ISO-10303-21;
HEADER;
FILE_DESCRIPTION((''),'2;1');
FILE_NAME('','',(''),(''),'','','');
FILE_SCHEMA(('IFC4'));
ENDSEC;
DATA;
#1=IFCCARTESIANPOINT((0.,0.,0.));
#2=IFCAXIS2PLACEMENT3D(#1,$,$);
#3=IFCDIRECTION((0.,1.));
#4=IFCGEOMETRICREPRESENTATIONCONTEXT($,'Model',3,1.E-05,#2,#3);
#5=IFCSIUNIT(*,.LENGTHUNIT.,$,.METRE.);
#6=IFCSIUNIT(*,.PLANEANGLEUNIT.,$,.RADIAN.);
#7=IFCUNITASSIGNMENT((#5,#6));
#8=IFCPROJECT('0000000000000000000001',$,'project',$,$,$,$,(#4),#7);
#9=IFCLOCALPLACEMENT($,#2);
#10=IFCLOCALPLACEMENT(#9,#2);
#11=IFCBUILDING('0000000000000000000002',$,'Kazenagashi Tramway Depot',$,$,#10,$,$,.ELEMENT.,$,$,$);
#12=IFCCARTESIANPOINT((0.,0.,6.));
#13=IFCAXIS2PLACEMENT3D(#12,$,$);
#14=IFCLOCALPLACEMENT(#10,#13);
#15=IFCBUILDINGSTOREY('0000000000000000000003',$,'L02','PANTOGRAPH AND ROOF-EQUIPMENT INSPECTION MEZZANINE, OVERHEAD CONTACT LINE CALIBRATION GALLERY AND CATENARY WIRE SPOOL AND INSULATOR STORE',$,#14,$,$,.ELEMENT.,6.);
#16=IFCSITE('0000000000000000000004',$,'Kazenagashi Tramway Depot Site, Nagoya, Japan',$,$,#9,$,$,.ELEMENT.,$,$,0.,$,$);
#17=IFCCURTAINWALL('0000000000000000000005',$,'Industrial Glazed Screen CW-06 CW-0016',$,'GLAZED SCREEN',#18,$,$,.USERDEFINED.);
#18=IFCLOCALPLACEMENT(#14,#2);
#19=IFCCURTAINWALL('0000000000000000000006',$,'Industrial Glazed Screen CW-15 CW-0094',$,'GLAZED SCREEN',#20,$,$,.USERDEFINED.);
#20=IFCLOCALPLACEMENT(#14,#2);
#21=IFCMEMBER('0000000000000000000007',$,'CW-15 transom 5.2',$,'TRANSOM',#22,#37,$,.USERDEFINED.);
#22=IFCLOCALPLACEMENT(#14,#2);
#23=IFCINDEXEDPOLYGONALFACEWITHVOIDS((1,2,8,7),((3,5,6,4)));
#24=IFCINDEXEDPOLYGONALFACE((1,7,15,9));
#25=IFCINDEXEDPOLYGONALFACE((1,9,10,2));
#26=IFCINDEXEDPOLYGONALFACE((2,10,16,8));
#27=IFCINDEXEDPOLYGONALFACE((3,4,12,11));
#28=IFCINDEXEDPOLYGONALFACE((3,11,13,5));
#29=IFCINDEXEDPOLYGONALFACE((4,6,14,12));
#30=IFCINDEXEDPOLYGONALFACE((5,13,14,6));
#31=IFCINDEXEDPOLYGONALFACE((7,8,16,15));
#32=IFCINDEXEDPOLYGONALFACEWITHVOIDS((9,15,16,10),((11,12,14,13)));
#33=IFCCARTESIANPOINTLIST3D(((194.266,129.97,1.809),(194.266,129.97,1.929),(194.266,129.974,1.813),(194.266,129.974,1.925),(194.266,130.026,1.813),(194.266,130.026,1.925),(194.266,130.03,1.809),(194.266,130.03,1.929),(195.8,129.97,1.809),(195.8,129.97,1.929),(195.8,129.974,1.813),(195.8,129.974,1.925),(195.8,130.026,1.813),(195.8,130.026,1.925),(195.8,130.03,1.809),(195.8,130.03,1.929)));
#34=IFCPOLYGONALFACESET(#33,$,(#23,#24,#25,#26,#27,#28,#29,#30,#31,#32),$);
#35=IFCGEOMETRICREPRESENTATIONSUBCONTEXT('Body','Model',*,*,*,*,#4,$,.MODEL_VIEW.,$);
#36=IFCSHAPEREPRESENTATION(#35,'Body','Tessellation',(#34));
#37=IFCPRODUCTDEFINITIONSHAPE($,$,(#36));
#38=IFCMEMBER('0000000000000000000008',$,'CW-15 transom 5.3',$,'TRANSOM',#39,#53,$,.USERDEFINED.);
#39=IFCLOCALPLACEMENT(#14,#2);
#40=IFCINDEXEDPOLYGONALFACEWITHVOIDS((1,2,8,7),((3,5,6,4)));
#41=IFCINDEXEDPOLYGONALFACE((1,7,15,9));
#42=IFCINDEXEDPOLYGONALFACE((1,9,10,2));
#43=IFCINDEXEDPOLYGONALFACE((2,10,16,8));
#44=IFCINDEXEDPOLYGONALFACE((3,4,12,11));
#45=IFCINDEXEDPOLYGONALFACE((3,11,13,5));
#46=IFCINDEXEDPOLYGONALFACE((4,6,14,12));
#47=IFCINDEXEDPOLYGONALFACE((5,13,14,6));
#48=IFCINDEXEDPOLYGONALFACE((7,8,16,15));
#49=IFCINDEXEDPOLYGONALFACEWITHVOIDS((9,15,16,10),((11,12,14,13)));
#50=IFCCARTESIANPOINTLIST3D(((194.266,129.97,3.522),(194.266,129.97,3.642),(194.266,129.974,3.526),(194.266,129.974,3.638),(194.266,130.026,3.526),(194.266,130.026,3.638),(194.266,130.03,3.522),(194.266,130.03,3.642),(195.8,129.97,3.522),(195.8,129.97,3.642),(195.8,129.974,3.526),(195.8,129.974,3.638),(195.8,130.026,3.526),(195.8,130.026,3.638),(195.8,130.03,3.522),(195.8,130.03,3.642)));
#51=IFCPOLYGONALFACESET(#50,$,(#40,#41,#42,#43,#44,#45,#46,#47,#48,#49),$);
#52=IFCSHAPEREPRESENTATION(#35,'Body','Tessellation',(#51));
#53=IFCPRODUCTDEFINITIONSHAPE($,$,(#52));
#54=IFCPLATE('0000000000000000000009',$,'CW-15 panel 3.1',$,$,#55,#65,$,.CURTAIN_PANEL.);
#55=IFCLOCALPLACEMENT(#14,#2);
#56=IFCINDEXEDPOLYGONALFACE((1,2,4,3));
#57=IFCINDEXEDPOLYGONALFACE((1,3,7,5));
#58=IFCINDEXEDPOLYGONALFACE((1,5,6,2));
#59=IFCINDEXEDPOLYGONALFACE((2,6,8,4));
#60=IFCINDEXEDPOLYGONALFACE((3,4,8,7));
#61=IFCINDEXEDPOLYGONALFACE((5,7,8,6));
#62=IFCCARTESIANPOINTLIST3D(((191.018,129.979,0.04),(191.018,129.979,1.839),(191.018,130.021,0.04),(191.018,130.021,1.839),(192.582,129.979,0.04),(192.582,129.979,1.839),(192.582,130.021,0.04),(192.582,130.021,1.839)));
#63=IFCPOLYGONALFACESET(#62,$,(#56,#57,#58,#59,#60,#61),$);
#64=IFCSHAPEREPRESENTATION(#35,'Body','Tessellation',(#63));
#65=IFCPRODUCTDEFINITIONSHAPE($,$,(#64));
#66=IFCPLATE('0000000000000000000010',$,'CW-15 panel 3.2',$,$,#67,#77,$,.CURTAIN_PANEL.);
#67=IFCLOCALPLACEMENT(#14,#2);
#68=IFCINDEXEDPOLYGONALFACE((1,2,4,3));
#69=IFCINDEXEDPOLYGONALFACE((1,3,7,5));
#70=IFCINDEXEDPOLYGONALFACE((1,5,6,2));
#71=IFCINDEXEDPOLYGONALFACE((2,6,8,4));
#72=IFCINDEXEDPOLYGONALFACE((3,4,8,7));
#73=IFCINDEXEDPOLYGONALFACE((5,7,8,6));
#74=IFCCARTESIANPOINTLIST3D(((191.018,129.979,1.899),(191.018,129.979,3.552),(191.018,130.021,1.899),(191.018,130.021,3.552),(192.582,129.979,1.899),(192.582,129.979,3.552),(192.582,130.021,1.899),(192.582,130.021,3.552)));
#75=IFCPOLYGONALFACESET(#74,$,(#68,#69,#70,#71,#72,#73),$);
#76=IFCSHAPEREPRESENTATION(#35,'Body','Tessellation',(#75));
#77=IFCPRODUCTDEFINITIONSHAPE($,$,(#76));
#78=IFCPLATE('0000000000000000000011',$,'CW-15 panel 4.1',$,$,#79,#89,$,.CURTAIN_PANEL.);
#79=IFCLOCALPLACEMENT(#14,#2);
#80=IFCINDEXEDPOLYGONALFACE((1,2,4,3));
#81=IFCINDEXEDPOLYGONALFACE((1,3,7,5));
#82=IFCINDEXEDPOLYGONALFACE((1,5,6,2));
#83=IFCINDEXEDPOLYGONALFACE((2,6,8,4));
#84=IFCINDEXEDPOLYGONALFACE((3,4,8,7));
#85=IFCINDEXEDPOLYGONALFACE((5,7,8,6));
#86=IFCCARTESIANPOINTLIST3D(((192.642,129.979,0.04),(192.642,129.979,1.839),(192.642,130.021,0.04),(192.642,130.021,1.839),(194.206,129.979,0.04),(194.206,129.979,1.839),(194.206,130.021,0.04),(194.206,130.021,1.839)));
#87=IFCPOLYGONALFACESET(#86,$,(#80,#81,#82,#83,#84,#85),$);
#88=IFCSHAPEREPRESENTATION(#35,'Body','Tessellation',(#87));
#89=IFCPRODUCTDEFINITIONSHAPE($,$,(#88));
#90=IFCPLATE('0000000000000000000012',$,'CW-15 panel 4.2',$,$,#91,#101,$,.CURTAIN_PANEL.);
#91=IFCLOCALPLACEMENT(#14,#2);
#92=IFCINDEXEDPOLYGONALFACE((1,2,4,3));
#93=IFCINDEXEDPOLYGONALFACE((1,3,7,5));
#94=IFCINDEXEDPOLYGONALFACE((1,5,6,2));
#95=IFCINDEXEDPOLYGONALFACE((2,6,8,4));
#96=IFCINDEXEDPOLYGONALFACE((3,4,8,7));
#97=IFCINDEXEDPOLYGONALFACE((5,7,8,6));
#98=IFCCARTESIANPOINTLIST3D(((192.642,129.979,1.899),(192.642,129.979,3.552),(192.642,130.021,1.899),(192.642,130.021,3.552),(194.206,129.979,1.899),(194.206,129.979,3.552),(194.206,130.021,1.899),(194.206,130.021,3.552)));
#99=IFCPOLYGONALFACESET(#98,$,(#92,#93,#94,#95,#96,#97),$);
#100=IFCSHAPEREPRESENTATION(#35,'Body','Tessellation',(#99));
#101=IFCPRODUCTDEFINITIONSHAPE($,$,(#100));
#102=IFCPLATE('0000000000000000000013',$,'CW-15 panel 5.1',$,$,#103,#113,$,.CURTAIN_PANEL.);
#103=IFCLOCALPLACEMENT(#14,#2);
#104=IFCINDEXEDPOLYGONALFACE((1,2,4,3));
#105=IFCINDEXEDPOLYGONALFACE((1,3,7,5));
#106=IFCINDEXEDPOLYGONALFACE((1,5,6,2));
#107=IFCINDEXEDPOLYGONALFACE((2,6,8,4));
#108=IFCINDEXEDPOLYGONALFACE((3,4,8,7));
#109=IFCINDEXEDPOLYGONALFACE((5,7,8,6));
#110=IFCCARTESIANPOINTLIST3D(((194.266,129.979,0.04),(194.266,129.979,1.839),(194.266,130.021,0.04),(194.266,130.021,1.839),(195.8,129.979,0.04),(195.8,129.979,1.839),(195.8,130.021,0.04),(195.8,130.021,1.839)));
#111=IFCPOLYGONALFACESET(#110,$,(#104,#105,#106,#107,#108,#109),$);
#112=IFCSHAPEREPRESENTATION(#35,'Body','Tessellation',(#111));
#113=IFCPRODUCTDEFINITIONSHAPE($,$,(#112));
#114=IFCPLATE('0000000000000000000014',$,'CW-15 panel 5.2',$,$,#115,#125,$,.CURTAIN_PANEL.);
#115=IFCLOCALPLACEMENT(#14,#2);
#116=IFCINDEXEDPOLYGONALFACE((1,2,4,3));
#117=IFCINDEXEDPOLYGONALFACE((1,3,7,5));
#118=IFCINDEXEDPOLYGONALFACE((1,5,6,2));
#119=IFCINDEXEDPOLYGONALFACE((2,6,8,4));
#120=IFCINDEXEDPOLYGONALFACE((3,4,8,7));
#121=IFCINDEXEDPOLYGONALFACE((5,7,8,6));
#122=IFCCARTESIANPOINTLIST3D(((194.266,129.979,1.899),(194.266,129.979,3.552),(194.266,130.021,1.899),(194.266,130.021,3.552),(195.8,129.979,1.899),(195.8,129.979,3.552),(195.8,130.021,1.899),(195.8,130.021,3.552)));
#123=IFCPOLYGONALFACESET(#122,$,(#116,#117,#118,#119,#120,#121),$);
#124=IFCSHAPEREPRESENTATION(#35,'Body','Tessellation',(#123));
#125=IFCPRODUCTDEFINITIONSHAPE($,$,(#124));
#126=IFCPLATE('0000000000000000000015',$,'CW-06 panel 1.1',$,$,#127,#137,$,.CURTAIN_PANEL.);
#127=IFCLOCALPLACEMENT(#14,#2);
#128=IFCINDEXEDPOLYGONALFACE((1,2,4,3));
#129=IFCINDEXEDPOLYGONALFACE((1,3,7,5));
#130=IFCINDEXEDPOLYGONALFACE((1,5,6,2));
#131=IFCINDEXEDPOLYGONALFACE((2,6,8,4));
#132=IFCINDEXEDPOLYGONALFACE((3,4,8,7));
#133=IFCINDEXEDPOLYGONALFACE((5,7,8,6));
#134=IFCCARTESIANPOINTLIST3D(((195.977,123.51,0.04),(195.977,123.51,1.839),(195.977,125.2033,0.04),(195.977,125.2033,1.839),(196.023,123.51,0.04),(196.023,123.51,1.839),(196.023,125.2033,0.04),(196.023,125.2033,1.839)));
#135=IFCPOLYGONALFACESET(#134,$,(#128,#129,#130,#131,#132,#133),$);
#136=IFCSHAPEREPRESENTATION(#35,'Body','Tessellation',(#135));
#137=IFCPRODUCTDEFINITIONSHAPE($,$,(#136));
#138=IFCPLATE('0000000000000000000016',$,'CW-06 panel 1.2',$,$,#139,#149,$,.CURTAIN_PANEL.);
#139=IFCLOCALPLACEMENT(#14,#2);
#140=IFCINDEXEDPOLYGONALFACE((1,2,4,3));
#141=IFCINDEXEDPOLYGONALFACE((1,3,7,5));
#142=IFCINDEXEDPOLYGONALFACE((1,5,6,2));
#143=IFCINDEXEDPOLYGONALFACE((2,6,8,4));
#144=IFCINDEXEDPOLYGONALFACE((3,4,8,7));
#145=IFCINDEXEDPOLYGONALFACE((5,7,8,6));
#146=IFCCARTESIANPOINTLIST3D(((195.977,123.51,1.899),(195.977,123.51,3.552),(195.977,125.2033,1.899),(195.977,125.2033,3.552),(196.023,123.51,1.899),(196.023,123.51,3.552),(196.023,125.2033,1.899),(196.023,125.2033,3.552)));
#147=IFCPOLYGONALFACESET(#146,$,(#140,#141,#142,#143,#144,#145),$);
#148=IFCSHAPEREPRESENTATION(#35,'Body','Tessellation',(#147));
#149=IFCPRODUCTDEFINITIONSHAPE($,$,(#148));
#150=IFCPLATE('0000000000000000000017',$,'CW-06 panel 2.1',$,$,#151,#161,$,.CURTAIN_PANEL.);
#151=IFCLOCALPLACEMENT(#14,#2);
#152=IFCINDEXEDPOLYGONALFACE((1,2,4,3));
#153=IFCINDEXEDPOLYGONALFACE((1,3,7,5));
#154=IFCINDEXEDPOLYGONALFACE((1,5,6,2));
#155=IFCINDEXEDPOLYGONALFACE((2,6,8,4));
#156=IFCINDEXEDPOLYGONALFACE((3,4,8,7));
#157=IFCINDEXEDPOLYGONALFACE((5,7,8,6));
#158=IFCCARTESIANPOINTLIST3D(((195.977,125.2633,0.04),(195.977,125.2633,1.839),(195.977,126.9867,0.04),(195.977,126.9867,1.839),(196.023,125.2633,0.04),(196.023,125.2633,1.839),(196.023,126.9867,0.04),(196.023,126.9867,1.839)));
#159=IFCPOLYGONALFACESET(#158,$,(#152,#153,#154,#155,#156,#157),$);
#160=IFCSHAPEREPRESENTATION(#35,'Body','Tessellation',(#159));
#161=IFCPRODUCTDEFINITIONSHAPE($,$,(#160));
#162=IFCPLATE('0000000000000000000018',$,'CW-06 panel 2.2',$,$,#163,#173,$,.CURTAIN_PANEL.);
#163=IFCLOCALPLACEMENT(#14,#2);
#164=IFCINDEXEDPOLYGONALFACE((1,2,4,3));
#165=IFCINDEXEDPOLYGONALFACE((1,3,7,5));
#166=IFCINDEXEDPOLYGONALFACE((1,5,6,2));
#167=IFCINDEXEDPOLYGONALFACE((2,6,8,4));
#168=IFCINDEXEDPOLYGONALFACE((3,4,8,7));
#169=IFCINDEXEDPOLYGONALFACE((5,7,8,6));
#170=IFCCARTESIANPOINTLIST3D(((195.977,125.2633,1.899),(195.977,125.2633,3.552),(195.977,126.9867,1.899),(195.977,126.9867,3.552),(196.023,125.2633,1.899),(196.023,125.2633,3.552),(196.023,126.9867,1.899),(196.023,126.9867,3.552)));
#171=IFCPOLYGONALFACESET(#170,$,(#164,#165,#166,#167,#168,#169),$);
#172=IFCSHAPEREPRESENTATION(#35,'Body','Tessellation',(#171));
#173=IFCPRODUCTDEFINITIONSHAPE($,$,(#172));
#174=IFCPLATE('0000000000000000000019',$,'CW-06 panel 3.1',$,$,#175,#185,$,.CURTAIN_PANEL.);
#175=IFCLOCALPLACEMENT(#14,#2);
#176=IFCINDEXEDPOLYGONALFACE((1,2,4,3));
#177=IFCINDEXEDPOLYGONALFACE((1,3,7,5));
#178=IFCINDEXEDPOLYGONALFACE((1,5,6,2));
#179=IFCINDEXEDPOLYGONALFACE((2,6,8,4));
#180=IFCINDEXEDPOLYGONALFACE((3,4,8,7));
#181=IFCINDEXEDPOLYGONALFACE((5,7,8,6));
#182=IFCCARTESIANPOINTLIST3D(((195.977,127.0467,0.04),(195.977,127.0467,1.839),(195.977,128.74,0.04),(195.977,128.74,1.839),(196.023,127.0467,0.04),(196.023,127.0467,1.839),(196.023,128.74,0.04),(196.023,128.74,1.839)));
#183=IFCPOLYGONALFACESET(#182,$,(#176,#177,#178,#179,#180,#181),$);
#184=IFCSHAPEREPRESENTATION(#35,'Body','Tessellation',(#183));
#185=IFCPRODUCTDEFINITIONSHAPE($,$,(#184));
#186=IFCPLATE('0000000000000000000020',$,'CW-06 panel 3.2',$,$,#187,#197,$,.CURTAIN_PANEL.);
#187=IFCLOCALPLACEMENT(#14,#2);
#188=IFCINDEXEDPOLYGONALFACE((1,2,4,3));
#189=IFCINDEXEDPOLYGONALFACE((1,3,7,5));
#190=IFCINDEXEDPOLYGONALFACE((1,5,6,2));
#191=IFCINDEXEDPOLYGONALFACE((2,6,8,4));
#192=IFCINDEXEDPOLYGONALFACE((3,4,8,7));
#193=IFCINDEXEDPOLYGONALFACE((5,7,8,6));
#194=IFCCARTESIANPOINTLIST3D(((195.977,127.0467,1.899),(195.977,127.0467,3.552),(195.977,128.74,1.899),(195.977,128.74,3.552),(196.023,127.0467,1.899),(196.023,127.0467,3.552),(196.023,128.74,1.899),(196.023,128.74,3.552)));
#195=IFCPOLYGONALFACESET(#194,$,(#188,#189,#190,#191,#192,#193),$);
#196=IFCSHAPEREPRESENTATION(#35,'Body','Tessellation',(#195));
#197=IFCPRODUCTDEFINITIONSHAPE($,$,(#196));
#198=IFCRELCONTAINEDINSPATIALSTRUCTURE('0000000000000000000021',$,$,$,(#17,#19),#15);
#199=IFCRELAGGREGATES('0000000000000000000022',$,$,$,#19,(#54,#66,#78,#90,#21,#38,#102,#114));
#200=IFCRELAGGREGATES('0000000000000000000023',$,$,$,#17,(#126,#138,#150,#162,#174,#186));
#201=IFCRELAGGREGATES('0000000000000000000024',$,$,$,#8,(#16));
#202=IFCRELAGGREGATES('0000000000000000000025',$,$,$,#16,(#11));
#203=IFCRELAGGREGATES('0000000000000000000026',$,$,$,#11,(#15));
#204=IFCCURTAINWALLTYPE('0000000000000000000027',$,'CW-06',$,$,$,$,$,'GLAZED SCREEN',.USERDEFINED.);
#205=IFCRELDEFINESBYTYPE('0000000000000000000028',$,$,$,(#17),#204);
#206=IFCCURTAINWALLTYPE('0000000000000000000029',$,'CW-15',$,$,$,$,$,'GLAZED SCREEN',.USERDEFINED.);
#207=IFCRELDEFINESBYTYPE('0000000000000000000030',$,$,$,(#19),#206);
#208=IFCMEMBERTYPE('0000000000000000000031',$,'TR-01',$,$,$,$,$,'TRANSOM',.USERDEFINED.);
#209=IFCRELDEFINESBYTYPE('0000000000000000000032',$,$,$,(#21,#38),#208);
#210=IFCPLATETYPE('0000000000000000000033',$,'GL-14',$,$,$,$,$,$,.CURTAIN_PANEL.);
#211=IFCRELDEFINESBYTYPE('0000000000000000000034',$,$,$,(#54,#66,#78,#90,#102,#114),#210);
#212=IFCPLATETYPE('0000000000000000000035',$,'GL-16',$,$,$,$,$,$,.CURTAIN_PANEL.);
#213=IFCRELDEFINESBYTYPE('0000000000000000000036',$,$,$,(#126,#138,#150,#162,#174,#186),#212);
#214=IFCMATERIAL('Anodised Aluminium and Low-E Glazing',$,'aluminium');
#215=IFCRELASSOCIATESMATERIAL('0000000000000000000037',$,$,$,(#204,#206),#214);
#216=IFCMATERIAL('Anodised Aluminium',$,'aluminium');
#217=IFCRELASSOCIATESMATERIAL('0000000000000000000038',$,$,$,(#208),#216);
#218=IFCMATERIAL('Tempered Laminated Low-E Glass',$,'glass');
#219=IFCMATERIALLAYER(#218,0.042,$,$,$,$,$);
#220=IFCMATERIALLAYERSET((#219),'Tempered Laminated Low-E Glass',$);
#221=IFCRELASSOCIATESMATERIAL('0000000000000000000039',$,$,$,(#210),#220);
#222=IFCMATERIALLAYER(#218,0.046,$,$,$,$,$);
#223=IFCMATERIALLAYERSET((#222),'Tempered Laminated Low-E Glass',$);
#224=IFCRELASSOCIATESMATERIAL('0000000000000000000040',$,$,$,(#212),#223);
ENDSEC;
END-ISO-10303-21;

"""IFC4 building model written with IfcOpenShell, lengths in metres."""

from ifc_helpers import new_model, si_unit, direction, frame, origin, origin_2d, place, context, subcontext, project, spatial, rectangle, hollow_rectangle, extrude, material, layer, layer_set, material_profile, profile_set, type_object, element, aggregate, save


model = new_model("IFC4")

# Units and contexts
model_context = context("Model", 3, precision=1e-05, world=origin(), true_north=direction((0.0, 1.0)))
body_context = subcontext(model_context, "Body", "Model", "MODEL_VIEW")
ifc_project = project(units=[si_unit("LENGTHUNIT", "METRE"), si_unit("PLANEANGLEUNIT", "RADIAN")], contexts=[model_context])

# Site, building, storey
site_placement = place(None, origin())
site = spatial("IfcSite", under=ifc_project, at=site_placement, Name="Kazenagashi Tramway Depot Site, Nagoya, Japan", CompositionType="ELEMENT", RefElevation=0.0)
building_placement = place(site_placement, origin())
building = spatial("IfcBuilding", under=site, at=building_placement, Name="Kazenagashi Tramway Depot", CompositionType="ELEMENT")
storey_placement = place(building_placement, frame((0.0, 0.0, 6.0)))
storey = spatial("IfcBuildingStorey", under=building, at=storey_placement, Name="L02", Description="PANTOGRAPH AND ROOF-EQUIPMENT INSPECTION MEZZANINE, OVERHEAD CONTACT LINE CALIBRATION GALLERY AND CATENARY WIRE SPOOL AND INSULATOR STORE", CompositionType="ELEMENT", Elevation=6.0)

# Curtain walls
ifc_material_1 = material(Name="Anodised Aluminium and Low-E Glazing", Category="aluminium")
curtain_wall_type_1 = type_object("IfcCurtainWallType", Name="CW-06", ElementType="GLAZED SCREEN", PredefinedType="USERDEFINED", material=ifc_material_1)
curtain_wall_1_placement = place(storey_placement, origin())
curtain_wall_1 = element("IfcCurtainWall", 1, at=curtain_wall_1_placement, inside=storey, type_object=curtain_wall_type_1, Name="Industrial Glazed Screen CW-06 CW-0016", ObjectType="GLAZED SCREEN", PredefinedType="USERDEFINED")
ifc_material_2 = material(Name="Anodised Aluminium", Category="aluminium")
curtain_wall_type_2 = type_object("IfcCurtainWallType", Name="CW-15", ElementType="GLAZED SCREEN", PredefinedType="USERDEFINED", material=ifc_material_1)
curtain_wall_2_placement = place(storey_placement, origin())
curtain_wall_2 = element("IfcCurtainWall", 2, at=curtain_wall_2_placement, inside=storey, type_object=curtain_wall_type_2, Name="Industrial Glazed Screen CW-15 CW-0094", ObjectType="GLAZED SCREEN", PredefinedType="USERDEFINED")

# Members
ifc_material_profile_1 = material_profile(ifc_material_2, hollow_rectangle(XDim=0.06, YDim=0.12, WallThickness=0.004, at=origin_2d()), Name="RHS-120x60x4")
ifc_profile_set_1 = profile_set([ifc_material_profile_1], Name="Anodised Aluminium")
member_type_1 = type_object("IfcMemberType", Name="TR-01", ElementType="TRANSOM", PredefinedType="USERDEFINED", material=ifc_profile_set_1)
member_1_placement = place(storey_placement, frame((194.266, 130.0, 1.869), z_axis=(1.0, 0.0, 0.0), x_axis=(0.0, 1.0, 0.0)))
member_1 = element("IfcMember", 3, at=member_1_placement, type_object=member_type_1, Name="CW-15 transom 5.2", ObjectType="TRANSOM", PredefinedType="USERDEFINED", context=body_context, shape_type="SweptSolid", body=[
    extrude(hollow_rectangle(XDim=0.06, YDim=0.12, WallThickness=0.004, at=origin_2d()), origin(), (0.0, 0.0, 1.0), 1.534),
])
member_2_placement = place(storey_placement, frame((194.266, 130.0, 3.582), z_axis=(1.0, 0.0, 0.0), x_axis=(0.0, 1.0, 0.0)))
member_2 = element("IfcMember", 4, at=member_2_placement, type_object=member_type_1, Name="CW-15 transom 5.3", ObjectType="TRANSOM", PredefinedType="USERDEFINED", context=body_context, shape_type="SweptSolid", body=[
    extrude(hollow_rectangle(XDim=0.06, YDim=0.12, WallThickness=0.004, at=origin_2d()), origin(), (0.0, 0.0, 1.0), 1.534),
])

# Plates
ifc_material_3 = material(Name="Tempered Laminated Low-E Glass", Category="glass")
ifc_layer_1 = layer(ifc_material_3, 0.042)
ifc_layer_set_1 = layer_set([ifc_layer_1], Name="Tempered Laminated Low-E Glass")
plate_type_1 = type_object("IfcPlateType", Name="GL-14", PredefinedType="CURTAIN_PANEL", material=ifc_layer_set_1)
plate_1_placement = place(storey_placement, frame((191.8, 130.0, 0.04), z_axis=(0.0, 0.0, 1.0), x_axis=(1.0, 0.0, 0.0)))
plate_1 = element("IfcPlate", 5, at=plate_1_placement, type_object=plate_type_1, Name="CW-15 panel 3.1", PredefinedType="CURTAIN_PANEL", context=body_context, shape_type="SweptSolid", body=[
    extrude(rectangle(XDim=1.564, YDim=0.042, at=origin_2d()), origin(), (0.0, 0.0, 1.0), 1.799),
])
plate_2_placement = place(storey_placement, frame((191.8, 130.0, 1.899), z_axis=(0.0, 0.0, 1.0), x_axis=(1.0, 0.0, 0.0)))
plate_2 = element("IfcPlate", 6, at=plate_2_placement, type_object=plate_type_1, Name="CW-15 panel 3.2", PredefinedType="CURTAIN_PANEL", context=body_context, shape_type="SweptSolid", body=[
    extrude(rectangle(XDim=1.564, YDim=0.042, at=origin_2d()), origin(), (0.0, 0.0, 1.0), 1.653),
])
plate_3_placement = place(storey_placement, frame((193.424, 130.0, 0.04), z_axis=(0.0, 0.0, 1.0), x_axis=(1.0, 0.0, 0.0)))
plate_3 = element("IfcPlate", 7, at=plate_3_placement, type_object=plate_type_1, Name="CW-15 panel 4.1", PredefinedType="CURTAIN_PANEL", context=body_context, shape_type="SweptSolid", body=[
    extrude(rectangle(XDim=1.564, YDim=0.042, at=origin_2d()), origin(), (0.0, 0.0, 1.0), 1.799),
])
plate_4_placement = place(storey_placement, frame((193.424, 130.0, 1.899), z_axis=(0.0, 0.0, 1.0), x_axis=(1.0, 0.0, 0.0)))
plate_4 = element("IfcPlate", 8, at=plate_4_placement, type_object=plate_type_1, Name="CW-15 panel 4.2", PredefinedType="CURTAIN_PANEL", context=body_context, shape_type="SweptSolid", body=[
    extrude(rectangle(XDim=1.564, YDim=0.042, at=origin_2d()), origin(), (0.0, 0.0, 1.0), 1.653),
])
plate_5_placement = place(storey_placement, frame((195.033, 130.0, 0.04), z_axis=(0.0, 0.0, 1.0), x_axis=(1.0, 0.0, 0.0)))
plate_5 = element("IfcPlate", 9, at=plate_5_placement, type_object=plate_type_1, Name="CW-15 panel 5.1", PredefinedType="CURTAIN_PANEL", context=body_context, shape_type="SweptSolid", body=[
    extrude(rectangle(XDim=1.534, YDim=0.042, at=origin_2d()), origin(), (0.0, 0.0, 1.0), 1.799),
])
plate_6_placement = place(storey_placement, frame((195.033, 130.0, 1.899), z_axis=(0.0, 0.0, 1.0), x_axis=(1.0, 0.0, 0.0)))
plate_6 = element("IfcPlate", 10, at=plate_6_placement, type_object=plate_type_1, Name="CW-15 panel 5.2", PredefinedType="CURTAIN_PANEL", context=body_context, shape_type="SweptSolid", body=[
    extrude(rectangle(XDim=1.534, YDim=0.042, at=origin_2d()), origin(), (0.0, 0.0, 1.0), 1.653),
])
aggregate(curtain_wall_2, [plate_1, plate_2, plate_3, plate_4, member_1, member_2, plate_5, plate_6])
ifc_layer_2 = layer(ifc_material_3, 0.046)
ifc_layer_set_2 = layer_set([ifc_layer_2], Name="Tempered Laminated Low-E Glass")
plate_type_2 = type_object("IfcPlateType", Name="GL-16", PredefinedType="CURTAIN_PANEL", material=ifc_layer_set_2)
plate_7_placement = place(storey_placement, frame((196.0, 124.3567, 0.04), z_axis=(0.0, 0.0, 1.0), x_axis=(0.0, 1.0, 0.0)))
plate_7 = element("IfcPlate", 11, at=plate_7_placement, type_object=plate_type_2, Name="CW-06 panel 1.1", PredefinedType="CURTAIN_PANEL", context=body_context, shape_type="SweptSolid", body=[
    extrude(rectangle(XDim=1.6933, YDim=0.046, at=origin_2d()), origin(), (0.0, 0.0, 1.0), 1.799),
])
plate_8_placement = place(storey_placement, frame((196.0, 124.3567, 1.899), z_axis=(0.0, 0.0, 1.0), x_axis=(0.0, 1.0, 0.0)))
plate_8 = element("IfcPlate", 12, at=plate_8_placement, type_object=plate_type_2, Name="CW-06 panel 1.2", PredefinedType="CURTAIN_PANEL", context=body_context, shape_type="SweptSolid", body=[
    extrude(rectangle(XDim=1.6933, YDim=0.046, at=origin_2d()), origin(), (0.0, 0.0, 1.0), 1.653),
])
plate_9_placement = place(storey_placement, frame((196.0, 126.125, 0.04), z_axis=(0.0, 0.0, 1.0), x_axis=(0.0, 1.0, 0.0)))
plate_9 = element("IfcPlate", 13, at=plate_9_placement, type_object=plate_type_2, Name="CW-06 panel 2.1", PredefinedType="CURTAIN_PANEL", context=body_context, shape_type="SweptSolid", body=[
    extrude(rectangle(XDim=1.7233, YDim=0.046, at=origin_2d()), origin(), (0.0, 0.0, 1.0), 1.799),
])
plate_10_placement = place(storey_placement, frame((196.0, 126.125, 1.899), z_axis=(0.0, 0.0, 1.0), x_axis=(0.0, 1.0, 0.0)))
plate_10 = element("IfcPlate", 14, at=plate_10_placement, type_object=plate_type_2, Name="CW-06 panel 2.2", PredefinedType="CURTAIN_PANEL", context=body_context, shape_type="SweptSolid", body=[
    extrude(rectangle(XDim=1.7233, YDim=0.046, at=origin_2d()), origin(), (0.0, 0.0, 1.0), 1.653),
])
plate_11_placement = place(storey_placement, frame((196.0, 127.8933, 0.04), z_axis=(0.0, 0.0, 1.0), x_axis=(0.0, 1.0, 0.0)))
plate_11 = element("IfcPlate", 15, at=plate_11_placement, type_object=plate_type_2, Name="CW-06 panel 3.1", PredefinedType="CURTAIN_PANEL", context=body_context, shape_type="SweptSolid", body=[
    extrude(rectangle(XDim=1.6933, YDim=0.046, at=origin_2d()), origin(), (0.0, 0.0, 1.0), 1.799),
])
plate_12_placement = place(storey_placement, frame((196.0, 127.8933, 1.899), z_axis=(0.0, 0.0, 1.0), x_axis=(0.0, 1.0, 0.0)))
plate_12 = element("IfcPlate", 16, at=plate_12_placement, type_object=plate_type_2, Name="CW-06 panel 3.2", PredefinedType="CURTAIN_PANEL", context=body_context, shape_type="SweptSolid", body=[
    extrude(rectangle(XDim=1.6933, YDim=0.046, at=origin_2d()), origin(), (0.0, 0.0, 1.0), 1.653),
])
aggregate(curtain_wall_1, [plate_7, plate_8, plate_9, plate_10, plate_11, plate_12])

save(model, "model.ifc")
